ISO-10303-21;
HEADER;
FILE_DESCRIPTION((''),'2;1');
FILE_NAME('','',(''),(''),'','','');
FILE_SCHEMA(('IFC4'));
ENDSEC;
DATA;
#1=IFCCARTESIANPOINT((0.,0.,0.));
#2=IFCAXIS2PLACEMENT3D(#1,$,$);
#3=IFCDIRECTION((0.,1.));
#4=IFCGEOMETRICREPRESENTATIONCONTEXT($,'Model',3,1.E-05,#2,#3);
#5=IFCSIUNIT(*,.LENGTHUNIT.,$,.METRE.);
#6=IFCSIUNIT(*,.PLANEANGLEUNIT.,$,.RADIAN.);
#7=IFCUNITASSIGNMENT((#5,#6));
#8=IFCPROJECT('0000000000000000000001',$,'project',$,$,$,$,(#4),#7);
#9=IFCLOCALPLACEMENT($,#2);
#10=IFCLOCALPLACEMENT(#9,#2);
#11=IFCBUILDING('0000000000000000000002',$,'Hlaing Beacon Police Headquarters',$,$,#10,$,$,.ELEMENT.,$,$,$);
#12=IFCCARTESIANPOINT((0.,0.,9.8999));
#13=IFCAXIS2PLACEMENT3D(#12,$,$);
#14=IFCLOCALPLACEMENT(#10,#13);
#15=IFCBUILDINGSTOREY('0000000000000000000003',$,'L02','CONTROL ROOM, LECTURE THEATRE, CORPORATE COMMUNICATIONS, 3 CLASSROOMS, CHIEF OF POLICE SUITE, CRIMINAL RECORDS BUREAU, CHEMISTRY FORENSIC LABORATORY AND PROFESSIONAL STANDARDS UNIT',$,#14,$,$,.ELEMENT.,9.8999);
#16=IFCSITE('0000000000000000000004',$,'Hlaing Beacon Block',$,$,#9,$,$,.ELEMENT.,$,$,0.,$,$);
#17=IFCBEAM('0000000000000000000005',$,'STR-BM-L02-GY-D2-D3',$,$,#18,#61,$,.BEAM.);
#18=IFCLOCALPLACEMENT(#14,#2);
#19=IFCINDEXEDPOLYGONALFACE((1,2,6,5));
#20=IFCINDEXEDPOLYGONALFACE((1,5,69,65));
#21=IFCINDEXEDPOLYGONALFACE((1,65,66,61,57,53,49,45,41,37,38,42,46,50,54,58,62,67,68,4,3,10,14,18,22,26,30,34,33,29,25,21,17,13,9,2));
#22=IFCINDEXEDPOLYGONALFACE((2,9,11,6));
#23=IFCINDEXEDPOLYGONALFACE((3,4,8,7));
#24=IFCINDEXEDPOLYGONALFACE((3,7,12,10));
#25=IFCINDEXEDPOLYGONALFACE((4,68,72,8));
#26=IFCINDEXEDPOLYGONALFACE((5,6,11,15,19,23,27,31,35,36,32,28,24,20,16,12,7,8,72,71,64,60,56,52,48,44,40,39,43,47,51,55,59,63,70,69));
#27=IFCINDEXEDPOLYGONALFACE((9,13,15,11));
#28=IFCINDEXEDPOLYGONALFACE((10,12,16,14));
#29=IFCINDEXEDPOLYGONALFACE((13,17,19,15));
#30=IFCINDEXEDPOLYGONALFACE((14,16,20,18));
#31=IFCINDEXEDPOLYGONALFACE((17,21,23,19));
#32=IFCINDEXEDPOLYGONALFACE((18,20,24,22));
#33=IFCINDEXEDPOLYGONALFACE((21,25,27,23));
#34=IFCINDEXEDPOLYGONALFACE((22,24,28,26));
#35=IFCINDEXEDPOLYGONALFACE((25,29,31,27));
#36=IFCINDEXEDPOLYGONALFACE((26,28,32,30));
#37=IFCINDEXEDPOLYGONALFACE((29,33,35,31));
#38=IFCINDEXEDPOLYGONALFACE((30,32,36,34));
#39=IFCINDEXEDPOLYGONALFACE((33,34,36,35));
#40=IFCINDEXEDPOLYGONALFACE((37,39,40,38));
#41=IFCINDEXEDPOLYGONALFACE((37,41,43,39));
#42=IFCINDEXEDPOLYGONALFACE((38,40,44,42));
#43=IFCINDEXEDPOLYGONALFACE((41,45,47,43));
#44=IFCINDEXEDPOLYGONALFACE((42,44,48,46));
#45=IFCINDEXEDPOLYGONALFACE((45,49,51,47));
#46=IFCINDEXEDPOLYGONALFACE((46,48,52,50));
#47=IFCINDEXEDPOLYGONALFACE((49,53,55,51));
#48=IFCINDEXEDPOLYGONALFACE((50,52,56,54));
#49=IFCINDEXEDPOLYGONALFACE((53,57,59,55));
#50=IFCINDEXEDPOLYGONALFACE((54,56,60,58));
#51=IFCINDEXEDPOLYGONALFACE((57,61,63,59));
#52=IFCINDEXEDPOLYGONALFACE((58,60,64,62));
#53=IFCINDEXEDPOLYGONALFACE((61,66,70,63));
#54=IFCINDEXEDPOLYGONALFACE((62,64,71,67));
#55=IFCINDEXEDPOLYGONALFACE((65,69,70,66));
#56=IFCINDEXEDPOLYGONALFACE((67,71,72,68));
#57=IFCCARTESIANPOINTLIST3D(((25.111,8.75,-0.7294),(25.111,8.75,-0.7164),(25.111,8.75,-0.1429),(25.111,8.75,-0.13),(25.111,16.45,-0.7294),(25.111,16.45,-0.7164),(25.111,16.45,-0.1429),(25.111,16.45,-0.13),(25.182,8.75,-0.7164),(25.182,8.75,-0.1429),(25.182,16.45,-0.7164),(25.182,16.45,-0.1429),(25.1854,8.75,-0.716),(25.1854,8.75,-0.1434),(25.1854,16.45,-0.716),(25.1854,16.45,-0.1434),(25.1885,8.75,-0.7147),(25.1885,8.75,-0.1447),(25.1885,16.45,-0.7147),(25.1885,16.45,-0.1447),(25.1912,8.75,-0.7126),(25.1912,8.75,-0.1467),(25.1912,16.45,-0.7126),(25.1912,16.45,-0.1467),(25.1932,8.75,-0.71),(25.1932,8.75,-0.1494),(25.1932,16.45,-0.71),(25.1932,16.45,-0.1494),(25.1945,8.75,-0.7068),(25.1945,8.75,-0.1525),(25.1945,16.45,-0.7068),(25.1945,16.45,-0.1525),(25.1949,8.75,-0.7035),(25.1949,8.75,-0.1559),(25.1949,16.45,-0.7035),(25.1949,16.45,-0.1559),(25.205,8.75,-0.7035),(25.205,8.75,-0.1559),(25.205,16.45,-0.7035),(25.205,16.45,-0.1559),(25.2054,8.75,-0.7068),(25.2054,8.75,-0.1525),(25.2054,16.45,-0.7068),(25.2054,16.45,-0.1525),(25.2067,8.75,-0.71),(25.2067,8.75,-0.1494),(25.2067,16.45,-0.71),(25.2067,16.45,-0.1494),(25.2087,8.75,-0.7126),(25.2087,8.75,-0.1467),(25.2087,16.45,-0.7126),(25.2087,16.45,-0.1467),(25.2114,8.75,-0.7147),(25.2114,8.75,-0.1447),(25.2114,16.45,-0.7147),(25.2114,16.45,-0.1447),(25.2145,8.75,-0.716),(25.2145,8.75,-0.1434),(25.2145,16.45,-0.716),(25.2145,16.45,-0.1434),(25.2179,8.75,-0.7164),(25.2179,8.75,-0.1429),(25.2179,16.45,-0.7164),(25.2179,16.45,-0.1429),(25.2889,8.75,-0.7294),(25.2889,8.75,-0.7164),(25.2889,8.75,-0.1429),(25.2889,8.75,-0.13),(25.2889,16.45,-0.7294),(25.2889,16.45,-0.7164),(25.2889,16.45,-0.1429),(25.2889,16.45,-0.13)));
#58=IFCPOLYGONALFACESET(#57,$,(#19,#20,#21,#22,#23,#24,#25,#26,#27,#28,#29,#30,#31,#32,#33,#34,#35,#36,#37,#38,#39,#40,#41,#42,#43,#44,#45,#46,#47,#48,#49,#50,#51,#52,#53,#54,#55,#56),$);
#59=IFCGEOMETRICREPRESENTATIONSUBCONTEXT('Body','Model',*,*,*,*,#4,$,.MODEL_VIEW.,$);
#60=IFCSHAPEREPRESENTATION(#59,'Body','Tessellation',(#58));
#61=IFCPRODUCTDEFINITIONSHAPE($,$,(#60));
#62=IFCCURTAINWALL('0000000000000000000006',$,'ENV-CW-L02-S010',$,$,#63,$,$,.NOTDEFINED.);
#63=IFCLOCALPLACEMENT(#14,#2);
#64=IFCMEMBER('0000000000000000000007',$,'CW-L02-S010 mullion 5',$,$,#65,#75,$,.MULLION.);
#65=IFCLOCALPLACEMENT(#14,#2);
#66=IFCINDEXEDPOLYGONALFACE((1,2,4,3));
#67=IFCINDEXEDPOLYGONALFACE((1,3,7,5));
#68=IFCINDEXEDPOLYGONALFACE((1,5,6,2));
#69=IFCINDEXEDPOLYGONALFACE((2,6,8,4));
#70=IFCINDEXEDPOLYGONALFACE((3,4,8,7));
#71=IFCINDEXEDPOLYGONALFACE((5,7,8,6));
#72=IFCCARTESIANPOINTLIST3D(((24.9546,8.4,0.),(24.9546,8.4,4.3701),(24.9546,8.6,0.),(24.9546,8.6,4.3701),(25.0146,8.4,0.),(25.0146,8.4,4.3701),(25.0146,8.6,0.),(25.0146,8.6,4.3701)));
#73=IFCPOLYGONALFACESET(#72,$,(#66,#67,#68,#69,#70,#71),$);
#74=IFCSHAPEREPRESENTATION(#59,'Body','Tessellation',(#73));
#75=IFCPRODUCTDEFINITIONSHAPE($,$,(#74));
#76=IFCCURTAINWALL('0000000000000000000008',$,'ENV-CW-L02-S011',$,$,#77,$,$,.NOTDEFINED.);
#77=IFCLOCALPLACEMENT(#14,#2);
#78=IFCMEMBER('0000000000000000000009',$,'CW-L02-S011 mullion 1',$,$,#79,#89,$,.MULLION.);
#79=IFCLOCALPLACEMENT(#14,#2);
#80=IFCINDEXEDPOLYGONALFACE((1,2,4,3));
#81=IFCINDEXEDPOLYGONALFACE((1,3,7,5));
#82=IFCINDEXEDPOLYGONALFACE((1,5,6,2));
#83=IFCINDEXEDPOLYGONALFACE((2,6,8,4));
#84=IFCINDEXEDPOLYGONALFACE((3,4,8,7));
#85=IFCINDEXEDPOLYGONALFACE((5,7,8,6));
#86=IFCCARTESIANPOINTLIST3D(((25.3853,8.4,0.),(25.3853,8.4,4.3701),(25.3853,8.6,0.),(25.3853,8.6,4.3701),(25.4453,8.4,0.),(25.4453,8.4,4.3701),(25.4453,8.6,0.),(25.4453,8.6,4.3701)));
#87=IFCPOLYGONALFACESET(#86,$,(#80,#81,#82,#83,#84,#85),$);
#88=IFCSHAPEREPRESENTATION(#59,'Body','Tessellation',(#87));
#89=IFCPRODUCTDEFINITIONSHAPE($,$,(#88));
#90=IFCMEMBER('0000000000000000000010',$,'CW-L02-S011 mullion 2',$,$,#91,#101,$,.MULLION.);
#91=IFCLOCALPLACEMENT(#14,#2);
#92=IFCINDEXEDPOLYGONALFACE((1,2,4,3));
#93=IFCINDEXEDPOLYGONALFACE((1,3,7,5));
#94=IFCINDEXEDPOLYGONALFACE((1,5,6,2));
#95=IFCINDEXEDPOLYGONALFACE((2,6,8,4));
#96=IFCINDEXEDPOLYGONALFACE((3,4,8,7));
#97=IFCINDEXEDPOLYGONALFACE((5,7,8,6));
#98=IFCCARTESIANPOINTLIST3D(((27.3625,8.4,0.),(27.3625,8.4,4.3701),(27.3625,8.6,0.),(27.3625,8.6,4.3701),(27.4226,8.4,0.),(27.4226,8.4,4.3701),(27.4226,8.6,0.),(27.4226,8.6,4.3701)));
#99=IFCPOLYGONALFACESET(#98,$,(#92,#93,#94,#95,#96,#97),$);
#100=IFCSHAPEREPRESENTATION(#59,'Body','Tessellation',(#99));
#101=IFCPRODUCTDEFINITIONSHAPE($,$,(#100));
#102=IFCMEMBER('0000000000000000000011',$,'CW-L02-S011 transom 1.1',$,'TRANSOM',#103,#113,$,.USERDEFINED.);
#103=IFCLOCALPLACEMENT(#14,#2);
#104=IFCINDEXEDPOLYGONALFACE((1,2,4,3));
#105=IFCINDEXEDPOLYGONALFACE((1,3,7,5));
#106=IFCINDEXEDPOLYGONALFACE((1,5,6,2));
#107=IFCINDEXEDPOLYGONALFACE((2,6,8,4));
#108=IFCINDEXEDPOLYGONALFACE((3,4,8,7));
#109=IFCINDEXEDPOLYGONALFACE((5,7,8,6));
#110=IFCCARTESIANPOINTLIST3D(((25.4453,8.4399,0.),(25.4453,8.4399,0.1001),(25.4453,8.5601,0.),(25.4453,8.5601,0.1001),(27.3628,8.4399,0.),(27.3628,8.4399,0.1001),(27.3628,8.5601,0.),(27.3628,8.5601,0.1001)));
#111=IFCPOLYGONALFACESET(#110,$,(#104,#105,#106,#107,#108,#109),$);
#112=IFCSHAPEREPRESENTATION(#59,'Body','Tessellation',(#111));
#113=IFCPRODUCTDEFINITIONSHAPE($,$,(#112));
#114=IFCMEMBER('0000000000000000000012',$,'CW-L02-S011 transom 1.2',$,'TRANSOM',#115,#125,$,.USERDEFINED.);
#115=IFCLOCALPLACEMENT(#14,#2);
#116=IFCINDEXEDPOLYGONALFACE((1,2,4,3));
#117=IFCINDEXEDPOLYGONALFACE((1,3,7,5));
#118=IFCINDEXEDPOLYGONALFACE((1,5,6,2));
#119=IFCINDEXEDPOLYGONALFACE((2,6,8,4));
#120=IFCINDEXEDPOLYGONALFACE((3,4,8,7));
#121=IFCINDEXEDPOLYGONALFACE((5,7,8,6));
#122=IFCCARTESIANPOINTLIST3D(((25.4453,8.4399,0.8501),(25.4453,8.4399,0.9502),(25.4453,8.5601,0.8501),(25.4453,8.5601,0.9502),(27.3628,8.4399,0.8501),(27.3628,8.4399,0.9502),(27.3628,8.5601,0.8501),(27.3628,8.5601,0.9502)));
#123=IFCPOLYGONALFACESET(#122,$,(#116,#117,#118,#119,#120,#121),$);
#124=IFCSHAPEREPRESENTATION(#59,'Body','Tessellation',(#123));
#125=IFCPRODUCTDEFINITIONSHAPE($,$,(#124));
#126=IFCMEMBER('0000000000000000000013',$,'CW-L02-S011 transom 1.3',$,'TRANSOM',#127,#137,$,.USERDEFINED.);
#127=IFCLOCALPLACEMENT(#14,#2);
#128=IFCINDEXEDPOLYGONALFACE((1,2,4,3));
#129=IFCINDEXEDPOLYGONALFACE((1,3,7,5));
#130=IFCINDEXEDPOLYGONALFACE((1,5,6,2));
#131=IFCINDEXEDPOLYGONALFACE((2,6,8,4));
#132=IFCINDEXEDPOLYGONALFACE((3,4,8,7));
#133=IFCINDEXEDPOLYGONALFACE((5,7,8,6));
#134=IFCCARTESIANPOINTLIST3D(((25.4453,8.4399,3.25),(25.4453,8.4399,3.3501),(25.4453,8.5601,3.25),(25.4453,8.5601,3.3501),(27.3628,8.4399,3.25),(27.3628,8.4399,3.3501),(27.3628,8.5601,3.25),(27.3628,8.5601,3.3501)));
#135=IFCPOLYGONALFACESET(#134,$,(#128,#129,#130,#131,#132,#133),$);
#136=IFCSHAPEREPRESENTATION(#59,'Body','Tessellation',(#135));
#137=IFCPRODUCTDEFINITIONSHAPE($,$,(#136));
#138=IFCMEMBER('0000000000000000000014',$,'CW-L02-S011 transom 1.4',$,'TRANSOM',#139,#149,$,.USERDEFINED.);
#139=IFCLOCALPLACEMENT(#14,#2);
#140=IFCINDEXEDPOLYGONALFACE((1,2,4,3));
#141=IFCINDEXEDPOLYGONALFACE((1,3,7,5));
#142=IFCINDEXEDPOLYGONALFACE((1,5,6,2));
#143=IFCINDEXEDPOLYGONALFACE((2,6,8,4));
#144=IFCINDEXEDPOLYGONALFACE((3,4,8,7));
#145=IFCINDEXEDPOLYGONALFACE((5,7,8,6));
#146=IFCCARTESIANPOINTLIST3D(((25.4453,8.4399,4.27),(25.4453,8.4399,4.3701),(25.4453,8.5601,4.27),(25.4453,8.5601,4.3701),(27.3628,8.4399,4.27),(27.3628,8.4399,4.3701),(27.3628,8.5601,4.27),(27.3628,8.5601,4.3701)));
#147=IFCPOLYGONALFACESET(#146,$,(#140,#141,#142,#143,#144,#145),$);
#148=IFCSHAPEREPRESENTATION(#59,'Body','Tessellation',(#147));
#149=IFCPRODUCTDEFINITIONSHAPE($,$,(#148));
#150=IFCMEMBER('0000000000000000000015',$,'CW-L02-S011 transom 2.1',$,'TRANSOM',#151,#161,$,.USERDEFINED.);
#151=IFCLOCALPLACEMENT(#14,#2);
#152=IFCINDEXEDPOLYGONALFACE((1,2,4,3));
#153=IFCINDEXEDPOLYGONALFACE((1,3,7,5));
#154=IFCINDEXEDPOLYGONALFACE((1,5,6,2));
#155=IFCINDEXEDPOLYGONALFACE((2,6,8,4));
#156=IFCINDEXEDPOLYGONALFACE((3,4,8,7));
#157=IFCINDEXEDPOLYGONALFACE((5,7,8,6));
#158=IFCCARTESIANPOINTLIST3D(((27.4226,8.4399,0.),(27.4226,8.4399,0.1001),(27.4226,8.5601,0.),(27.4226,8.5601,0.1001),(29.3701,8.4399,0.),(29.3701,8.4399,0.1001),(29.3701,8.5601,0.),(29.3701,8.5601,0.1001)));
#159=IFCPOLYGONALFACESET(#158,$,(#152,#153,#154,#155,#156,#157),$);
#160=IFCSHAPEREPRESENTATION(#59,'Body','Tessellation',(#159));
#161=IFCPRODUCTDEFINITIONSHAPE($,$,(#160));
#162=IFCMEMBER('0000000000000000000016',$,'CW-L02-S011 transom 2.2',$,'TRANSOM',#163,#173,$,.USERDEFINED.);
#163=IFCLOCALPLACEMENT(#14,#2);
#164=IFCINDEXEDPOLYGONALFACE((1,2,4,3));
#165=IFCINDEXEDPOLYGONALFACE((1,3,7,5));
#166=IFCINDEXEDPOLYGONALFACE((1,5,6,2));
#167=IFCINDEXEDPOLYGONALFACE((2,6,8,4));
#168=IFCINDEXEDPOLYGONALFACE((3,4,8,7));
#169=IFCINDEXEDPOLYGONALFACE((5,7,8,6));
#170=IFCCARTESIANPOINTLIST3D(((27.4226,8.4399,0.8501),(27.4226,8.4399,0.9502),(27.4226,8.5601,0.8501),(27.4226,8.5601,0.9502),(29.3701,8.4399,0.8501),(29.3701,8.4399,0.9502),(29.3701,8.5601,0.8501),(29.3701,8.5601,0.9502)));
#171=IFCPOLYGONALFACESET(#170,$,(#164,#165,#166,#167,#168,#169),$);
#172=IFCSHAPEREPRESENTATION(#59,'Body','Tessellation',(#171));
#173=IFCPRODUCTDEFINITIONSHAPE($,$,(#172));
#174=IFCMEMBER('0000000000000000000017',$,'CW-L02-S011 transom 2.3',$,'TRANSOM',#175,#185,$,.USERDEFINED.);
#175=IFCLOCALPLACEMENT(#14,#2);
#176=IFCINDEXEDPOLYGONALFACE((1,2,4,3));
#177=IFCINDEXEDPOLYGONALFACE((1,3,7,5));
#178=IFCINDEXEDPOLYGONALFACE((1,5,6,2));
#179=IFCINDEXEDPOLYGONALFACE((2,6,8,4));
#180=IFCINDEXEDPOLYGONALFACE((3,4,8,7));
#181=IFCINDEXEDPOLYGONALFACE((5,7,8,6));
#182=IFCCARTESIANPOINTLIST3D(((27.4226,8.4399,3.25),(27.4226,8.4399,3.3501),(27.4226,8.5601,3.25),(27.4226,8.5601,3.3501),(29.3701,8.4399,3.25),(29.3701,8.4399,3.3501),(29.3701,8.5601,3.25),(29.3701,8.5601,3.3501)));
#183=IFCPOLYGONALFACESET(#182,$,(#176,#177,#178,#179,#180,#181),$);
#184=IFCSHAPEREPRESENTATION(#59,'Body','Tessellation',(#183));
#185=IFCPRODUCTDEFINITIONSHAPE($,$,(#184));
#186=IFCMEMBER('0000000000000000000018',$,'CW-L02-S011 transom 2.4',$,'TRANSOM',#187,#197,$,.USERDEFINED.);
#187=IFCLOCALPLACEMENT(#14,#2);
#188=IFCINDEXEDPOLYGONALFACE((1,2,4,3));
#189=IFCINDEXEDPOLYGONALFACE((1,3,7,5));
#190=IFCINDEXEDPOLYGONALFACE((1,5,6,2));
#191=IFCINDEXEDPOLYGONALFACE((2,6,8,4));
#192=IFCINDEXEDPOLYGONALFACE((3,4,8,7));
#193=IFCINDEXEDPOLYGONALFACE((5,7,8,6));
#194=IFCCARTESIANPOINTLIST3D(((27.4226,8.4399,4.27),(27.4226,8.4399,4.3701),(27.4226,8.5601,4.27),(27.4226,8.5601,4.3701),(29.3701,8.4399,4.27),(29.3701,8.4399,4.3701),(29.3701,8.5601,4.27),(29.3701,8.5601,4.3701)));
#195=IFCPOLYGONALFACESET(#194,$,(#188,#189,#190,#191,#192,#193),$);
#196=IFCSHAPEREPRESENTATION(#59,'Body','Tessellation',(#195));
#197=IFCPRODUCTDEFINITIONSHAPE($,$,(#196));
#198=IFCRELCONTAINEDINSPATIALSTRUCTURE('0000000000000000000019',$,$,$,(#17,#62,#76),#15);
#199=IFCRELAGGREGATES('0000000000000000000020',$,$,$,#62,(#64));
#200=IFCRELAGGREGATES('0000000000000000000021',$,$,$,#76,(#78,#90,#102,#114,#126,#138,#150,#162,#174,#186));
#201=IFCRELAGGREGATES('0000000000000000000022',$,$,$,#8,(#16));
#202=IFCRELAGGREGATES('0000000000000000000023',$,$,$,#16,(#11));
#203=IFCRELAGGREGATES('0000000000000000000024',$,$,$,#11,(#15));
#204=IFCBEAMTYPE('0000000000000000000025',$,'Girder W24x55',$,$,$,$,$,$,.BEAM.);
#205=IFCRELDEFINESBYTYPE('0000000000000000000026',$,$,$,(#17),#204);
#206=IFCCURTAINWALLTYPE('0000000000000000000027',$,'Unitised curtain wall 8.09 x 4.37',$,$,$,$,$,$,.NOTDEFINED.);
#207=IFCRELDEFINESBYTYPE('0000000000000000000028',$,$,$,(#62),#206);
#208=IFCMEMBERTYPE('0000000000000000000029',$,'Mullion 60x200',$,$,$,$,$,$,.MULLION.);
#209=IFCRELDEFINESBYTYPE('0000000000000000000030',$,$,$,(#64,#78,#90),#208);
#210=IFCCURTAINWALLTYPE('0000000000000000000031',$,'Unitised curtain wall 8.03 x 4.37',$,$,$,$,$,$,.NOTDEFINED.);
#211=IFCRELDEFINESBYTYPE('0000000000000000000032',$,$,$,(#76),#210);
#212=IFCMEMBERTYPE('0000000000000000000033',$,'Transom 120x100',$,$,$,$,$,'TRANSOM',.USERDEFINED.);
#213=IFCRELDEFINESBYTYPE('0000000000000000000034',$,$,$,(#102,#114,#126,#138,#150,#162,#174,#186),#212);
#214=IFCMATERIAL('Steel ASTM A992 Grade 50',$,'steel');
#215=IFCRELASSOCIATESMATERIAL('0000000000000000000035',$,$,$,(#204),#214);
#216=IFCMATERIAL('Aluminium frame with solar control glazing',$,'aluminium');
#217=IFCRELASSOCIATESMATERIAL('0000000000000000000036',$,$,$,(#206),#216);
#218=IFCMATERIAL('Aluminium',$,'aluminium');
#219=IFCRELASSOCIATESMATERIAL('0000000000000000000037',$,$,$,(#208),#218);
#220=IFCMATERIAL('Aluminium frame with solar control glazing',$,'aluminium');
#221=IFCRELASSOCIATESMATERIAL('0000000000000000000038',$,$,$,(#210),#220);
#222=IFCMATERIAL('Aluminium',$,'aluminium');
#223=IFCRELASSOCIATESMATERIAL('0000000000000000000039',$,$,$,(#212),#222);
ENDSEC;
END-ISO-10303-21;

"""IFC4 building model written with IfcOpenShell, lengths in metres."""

from ifc_helpers import new_model, si_unit, direction, frame, origin, origin_2d, place, context, subcontext, project, spatial, rectangle, i_section, extrude, material, material_profile, profile_set, type_object, element, aggregate, save


model = new_model("IFC4")

# Units and contexts
model_context = context("Model", 3, precision=1e-05, world=origin(), true_north=direction((0.0, 1.0)))
body_context = subcontext(model_context, "Body", "Model", "MODEL_VIEW")
ifc_project = project(units=[si_unit("LENGTHUNIT", "METRE"), si_unit("PLANEANGLEUNIT", "RADIAN")], contexts=[model_context])

# Site, building, storey
site_placement = place(None, origin())
site = spatial("IfcSite", under=ifc_project, at=site_placement, Name="Hlaing Beacon Block", CompositionType="ELEMENT", RefElevation=0.0)
building_placement = place(site_placement, origin())
building = spatial("IfcBuilding", under=site, at=building_placement, Name="Hlaing Beacon Police Headquarters", CompositionType="ELEMENT")
storey_placement = place(building_placement, frame((0.0, 0.0, 9.8999)))
storey = spatial("IfcBuildingStorey", under=building, at=storey_placement, Name="L02", Description="CONTROL ROOM, LECTURE THEATRE, CORPORATE COMMUNICATIONS, 3 CLASSROOMS, CHIEF OF POLICE SUITE, CRIMINAL RECORDS BUREAU, CHEMISTRY FORENSIC LABORATORY AND PROFESSIONAL STANDARDS UNIT", CompositionType="ELEMENT", Elevation=9.8999)

# Beam
ifc_material_1 = material(Name="Steel ASTM A992 Grade 50", Category="steel")
ifc_material_profile_1 = material_profile(ifc_material_1, i_section(OverallWidth=0.178, OverallDepth=0.5994, WebThickness=0.01, FlangeThickness=0.0129, FilletRadius=0.0129, at=origin_2d()), Name="W24x55")
ifc_profile_set_1 = profile_set([ifc_material_profile_1], Name="Steel ASTM A992 Grade 50")
beam_type = type_object("IfcBeamType", Name="Girder W24x55", PredefinedType="BEAM", material=ifc_profile_set_1)
beam_placement = place(storey_placement, frame((25.2, 8.75, -0.4297), z_axis=(0.0, 1.0, 0.0), x_axis=(-1.0, 0.0, 0.0)))
element("IfcBeam", 1, at=beam_placement, inside=storey, type_object=beam_type, Name="STR-BM-L02-GY-D2-D3", PredefinedType="BEAM", context=body_context, shape_type="SweptSolid", body=[
    extrude(i_section(OverallWidth=0.178, OverallDepth=0.5994, WebThickness=0.01, FlangeThickness=0.0129, FilletRadius=0.0129, at=origin_2d()), origin(), (0.0, 0.0, 1.0), 7.7),
])

# Curtain wall, member
ifc_material_2 = material(Name="Aluminium frame with solar control glazing", Category="aluminium")
curtain_wall_type_1 = type_object("IfcCurtainWallType", Name="Unitised curtain wall 8.09 x 4.37", PredefinedType="NOTDEFINED", material=ifc_material_2)
curtain_wall_1_placement = place(storey_placement, origin())
curtain_wall_1 = element("IfcCurtainWall", 2, at=curtain_wall_1_placement, inside=storey, type_object=curtain_wall_type_1, Name="ENV-CW-L02-S010", PredefinedType="NOTDEFINED")
ifc_material_3 = material(Name="Aluminium", Category="aluminium")
ifc_material_profile_2 = material_profile(ifc_material_3, rectangle(XDim=0.2, YDim=0.0601, at=origin_2d()), Name="Mullion 60x200")
ifc_profile_set_2 = profile_set([ifc_material_profile_2], Name="Aluminium")
member_type_1 = type_object("IfcMemberType", Name="Mullion 60x200", PredefinedType="MULLION", material=ifc_profile_set_2)
member_1_placement = place(storey_placement, frame((24.9846, 8.5, 0.0), z_axis=(0.0, 0.0, 1.0), x_axis=(0.0, 1.0, 0.0)))
member_1 = element("IfcMember", 3, at=member_1_placement, type_object=member_type_1, Name="CW-L02-S010 mullion 5", PredefinedType="MULLION", context=body_context, shape_type="SweptSolid", body=[
    extrude(rectangle(XDim=0.2, YDim=0.0601, at=origin_2d()), origin(), (0.0, 0.0, 1.0), 4.3701),
])
aggregate(curtain_wall_1, [member_1])

# Curtain wall, members
ifc_material_4 = material(Name="Aluminium frame with solar control glazing", Category="aluminium")
curtain_wall_type_2 = type_object("IfcCurtainWallType", Name="Unitised curtain wall 8.03 x 4.37", PredefinedType="NOTDEFINED", material=ifc_material_4)
curtain_wall_2_placement = place(storey_placement, origin())
curtain_wall_2 = element("IfcCurtainWall", 4, at=curtain_wall_2_placement, inside=storey, type_object=curtain_wall_type_2, Name="ENV-CW-L02-S011", PredefinedType="NOTDEFINED")
member_2_placement = place(storey_placement, frame((25.4153, 8.5, 0.0), z_axis=(0.0, 0.0, 1.0), x_axis=(0.0, 1.0, 0.0)))
member_2 = element("IfcMember", 5, at=member_2_placement, type_object=member_type_1, Name="CW-L02-S011 mullion 1", PredefinedType="MULLION", context=body_context, shape_type="SweptSolid", body=[
    extrude(rectangle(XDim=0.2, YDim=0.0601, at=origin_2d()), origin(), (0.0, 0.0, 1.0), 4.3701),
])
member_3_placement = place(storey_placement, frame((27.3926, 8.5, 0.0), z_axis=(0.0, 0.0, 1.0), x_axis=(0.0, 1.0, 0.0)))
member_3 = element("IfcMember", 6, at=member_3_placement, type_object=member_type_1, Name="CW-L02-S011 mullion 2", PredefinedType="MULLION", context=body_context, shape_type="SweptSolid", body=[
    extrude(rectangle(XDim=0.2, YDim=0.0601, at=origin_2d()), origin(), (0.0, 0.0, 1.0), 4.3701),
])
ifc_material_5 = material(Name="Aluminium", Category="aluminium")
ifc_material_profile_3 = material_profile(ifc_material_5, rectangle(XDim=0.1201, YDim=0.1001, at=origin_2d()), Name="Transom 120x100")
ifc_profile_set_3 = profile_set([ifc_material_profile_3], Name="Aluminium")
member_type_2 = type_object("IfcMemberType", Name="Transom 120x100", ElementType="TRANSOM", PredefinedType="USERDEFINED", material=ifc_profile_set_3)
member_4_placement = place(storey_placement, frame((25.4453, 8.5, 0.05), z_axis=(1.0, 0.0, 0.0), x_axis=(0.0, 1.0, 0.0)))
member_4 = element("IfcMember", 7, at=member_4_placement, type_object=member_type_2, Name="CW-L02-S011 transom 1.1", ObjectType="TRANSOM", PredefinedType="USERDEFINED", context=body_context, shape_type="SweptSolid", body=[
    extrude(rectangle(XDim=0.1201, YDim=0.1001, at=origin_2d()), origin(), (0.0, 0.0, 1.0), 1.9175),
])
member_5_placement = place(storey_placement, frame((25.4453, 8.5, 0.9001), z_axis=(1.0, 0.0, 0.0), x_axis=(0.0, 1.0, 0.0)))
member_5 = element("IfcMember", 8, at=member_5_placement, type_object=member_type_2, Name="CW-L02-S011 transom 1.2", ObjectType="TRANSOM", PredefinedType="USERDEFINED", context=body_context, shape_type="SweptSolid", body=[
    extrude(rectangle(XDim=0.1201, YDim=0.1001, at=origin_2d()), origin(), (0.0, 0.0, 1.0), 1.9175),
])
member_6_placement = place(storey_placement, frame((25.4453, 8.5, 3.3), z_axis=(1.0, 0.0, 0.0), x_axis=(0.0, 1.0, 0.0)))
member_6 = element("IfcMember", 9, at=member_6_placement, type_object=member_type_2, Name="CW-L02-S011 transom 1.3", ObjectType="TRANSOM", PredefinedType="USERDEFINED", context=body_context, shape_type="SweptSolid", body=[
    extrude(rectangle(XDim=0.1201, YDim=0.1001, at=origin_2d()), origin(), (0.0, 0.0, 1.0), 1.9175),
])
member_7_placement = place(storey_placement, frame((25.4453, 8.5, 4.3201), z_axis=(1.0, 0.0, 0.0), x_axis=(0.0, 1.0, 0.0)))
member_7 = element("IfcMember", 10, at=member_7_placement, type_object=member_type_2, Name="CW-L02-S011 transom 1.4", ObjectType="TRANSOM", PredefinedType="USERDEFINED", context=body_context, shape_type="SweptSolid", body=[
    extrude(rectangle(XDim=0.1201, YDim=0.1001, at=origin_2d()), origin(), (0.0, 0.0, 1.0), 1.9175),
])
member_8_placement = place(storey_placement, frame((27.4226, 8.5, 0.05), z_axis=(1.0, 0.0, 0.0), x_axis=(0.0, 1.0, 0.0)))
member_8 = element("IfcMember", 11, at=member_8_placement, type_object=member_type_2, Name="CW-L02-S011 transom 2.1", ObjectType="TRANSOM", PredefinedType="USERDEFINED", context=body_context, shape_type="SweptSolid", body=[
    extrude(rectangle(XDim=0.1201, YDim=0.1001, at=origin_2d()), origin(), (0.0, 0.0, 1.0), 1.9475),
])
member_9_placement = place(storey_placement, frame((27.4226, 8.5, 0.9001), z_axis=(1.0, 0.0, 0.0), x_axis=(0.0, 1.0, 0.0)))
member_9 = element("IfcMember", 12, at=member_9_placement, type_object=member_type_2, Name="CW-L02-S011 transom 2.2", ObjectType="TRANSOM", PredefinedType="USERDEFINED", context=body_context, shape_type="SweptSolid", body=[
    extrude(rectangle(XDim=0.1201, YDim=0.1001, at=origin_2d()), origin(), (0.0, 0.0, 1.0), 1.9475),
])
member_10_placement = place(storey_placement, frame((27.4226, 8.5, 3.3), z_axis=(1.0, 0.0, 0.0), x_axis=(0.0, 1.0, 0.0)))
member_10 = element("IfcMember", 13, at=member_10_placement, type_object=member_type_2, Name="CW-L02-S011 transom 2.3", ObjectType="TRANSOM", PredefinedType="USERDEFINED", context=body_context, shape_type="SweptSolid", body=[
    extrude(rectangle(XDim=0.1201, YDim=0.1001, at=origin_2d()), origin(), (0.0, 0.0, 1.0), 1.9475),
])
member_11_placement = place(storey_placement, frame((27.4226, 8.5, 4.3201), z_axis=(1.0, 0.0, 0.0), x_axis=(0.0, 1.0, 0.0)))
member_11 = element("IfcMember", 14, at=member_11_placement, type_object=member_type_2, Name="CW-L02-S011 transom 2.4", ObjectType="TRANSOM", PredefinedType="USERDEFINED", context=body_context, shape_type="SweptSolid", body=[
    extrude(rectangle(XDim=0.1201, YDim=0.1001, at=origin_2d()), origin(), (0.0, 0.0, 1.0), 1.9475),
])
aggregate(curtain_wall_2, [member_2, member_3, member_4, member_5, member_6, member_7, member_8, member_9, member_10, member_11])

save(model, "model.ifc")
